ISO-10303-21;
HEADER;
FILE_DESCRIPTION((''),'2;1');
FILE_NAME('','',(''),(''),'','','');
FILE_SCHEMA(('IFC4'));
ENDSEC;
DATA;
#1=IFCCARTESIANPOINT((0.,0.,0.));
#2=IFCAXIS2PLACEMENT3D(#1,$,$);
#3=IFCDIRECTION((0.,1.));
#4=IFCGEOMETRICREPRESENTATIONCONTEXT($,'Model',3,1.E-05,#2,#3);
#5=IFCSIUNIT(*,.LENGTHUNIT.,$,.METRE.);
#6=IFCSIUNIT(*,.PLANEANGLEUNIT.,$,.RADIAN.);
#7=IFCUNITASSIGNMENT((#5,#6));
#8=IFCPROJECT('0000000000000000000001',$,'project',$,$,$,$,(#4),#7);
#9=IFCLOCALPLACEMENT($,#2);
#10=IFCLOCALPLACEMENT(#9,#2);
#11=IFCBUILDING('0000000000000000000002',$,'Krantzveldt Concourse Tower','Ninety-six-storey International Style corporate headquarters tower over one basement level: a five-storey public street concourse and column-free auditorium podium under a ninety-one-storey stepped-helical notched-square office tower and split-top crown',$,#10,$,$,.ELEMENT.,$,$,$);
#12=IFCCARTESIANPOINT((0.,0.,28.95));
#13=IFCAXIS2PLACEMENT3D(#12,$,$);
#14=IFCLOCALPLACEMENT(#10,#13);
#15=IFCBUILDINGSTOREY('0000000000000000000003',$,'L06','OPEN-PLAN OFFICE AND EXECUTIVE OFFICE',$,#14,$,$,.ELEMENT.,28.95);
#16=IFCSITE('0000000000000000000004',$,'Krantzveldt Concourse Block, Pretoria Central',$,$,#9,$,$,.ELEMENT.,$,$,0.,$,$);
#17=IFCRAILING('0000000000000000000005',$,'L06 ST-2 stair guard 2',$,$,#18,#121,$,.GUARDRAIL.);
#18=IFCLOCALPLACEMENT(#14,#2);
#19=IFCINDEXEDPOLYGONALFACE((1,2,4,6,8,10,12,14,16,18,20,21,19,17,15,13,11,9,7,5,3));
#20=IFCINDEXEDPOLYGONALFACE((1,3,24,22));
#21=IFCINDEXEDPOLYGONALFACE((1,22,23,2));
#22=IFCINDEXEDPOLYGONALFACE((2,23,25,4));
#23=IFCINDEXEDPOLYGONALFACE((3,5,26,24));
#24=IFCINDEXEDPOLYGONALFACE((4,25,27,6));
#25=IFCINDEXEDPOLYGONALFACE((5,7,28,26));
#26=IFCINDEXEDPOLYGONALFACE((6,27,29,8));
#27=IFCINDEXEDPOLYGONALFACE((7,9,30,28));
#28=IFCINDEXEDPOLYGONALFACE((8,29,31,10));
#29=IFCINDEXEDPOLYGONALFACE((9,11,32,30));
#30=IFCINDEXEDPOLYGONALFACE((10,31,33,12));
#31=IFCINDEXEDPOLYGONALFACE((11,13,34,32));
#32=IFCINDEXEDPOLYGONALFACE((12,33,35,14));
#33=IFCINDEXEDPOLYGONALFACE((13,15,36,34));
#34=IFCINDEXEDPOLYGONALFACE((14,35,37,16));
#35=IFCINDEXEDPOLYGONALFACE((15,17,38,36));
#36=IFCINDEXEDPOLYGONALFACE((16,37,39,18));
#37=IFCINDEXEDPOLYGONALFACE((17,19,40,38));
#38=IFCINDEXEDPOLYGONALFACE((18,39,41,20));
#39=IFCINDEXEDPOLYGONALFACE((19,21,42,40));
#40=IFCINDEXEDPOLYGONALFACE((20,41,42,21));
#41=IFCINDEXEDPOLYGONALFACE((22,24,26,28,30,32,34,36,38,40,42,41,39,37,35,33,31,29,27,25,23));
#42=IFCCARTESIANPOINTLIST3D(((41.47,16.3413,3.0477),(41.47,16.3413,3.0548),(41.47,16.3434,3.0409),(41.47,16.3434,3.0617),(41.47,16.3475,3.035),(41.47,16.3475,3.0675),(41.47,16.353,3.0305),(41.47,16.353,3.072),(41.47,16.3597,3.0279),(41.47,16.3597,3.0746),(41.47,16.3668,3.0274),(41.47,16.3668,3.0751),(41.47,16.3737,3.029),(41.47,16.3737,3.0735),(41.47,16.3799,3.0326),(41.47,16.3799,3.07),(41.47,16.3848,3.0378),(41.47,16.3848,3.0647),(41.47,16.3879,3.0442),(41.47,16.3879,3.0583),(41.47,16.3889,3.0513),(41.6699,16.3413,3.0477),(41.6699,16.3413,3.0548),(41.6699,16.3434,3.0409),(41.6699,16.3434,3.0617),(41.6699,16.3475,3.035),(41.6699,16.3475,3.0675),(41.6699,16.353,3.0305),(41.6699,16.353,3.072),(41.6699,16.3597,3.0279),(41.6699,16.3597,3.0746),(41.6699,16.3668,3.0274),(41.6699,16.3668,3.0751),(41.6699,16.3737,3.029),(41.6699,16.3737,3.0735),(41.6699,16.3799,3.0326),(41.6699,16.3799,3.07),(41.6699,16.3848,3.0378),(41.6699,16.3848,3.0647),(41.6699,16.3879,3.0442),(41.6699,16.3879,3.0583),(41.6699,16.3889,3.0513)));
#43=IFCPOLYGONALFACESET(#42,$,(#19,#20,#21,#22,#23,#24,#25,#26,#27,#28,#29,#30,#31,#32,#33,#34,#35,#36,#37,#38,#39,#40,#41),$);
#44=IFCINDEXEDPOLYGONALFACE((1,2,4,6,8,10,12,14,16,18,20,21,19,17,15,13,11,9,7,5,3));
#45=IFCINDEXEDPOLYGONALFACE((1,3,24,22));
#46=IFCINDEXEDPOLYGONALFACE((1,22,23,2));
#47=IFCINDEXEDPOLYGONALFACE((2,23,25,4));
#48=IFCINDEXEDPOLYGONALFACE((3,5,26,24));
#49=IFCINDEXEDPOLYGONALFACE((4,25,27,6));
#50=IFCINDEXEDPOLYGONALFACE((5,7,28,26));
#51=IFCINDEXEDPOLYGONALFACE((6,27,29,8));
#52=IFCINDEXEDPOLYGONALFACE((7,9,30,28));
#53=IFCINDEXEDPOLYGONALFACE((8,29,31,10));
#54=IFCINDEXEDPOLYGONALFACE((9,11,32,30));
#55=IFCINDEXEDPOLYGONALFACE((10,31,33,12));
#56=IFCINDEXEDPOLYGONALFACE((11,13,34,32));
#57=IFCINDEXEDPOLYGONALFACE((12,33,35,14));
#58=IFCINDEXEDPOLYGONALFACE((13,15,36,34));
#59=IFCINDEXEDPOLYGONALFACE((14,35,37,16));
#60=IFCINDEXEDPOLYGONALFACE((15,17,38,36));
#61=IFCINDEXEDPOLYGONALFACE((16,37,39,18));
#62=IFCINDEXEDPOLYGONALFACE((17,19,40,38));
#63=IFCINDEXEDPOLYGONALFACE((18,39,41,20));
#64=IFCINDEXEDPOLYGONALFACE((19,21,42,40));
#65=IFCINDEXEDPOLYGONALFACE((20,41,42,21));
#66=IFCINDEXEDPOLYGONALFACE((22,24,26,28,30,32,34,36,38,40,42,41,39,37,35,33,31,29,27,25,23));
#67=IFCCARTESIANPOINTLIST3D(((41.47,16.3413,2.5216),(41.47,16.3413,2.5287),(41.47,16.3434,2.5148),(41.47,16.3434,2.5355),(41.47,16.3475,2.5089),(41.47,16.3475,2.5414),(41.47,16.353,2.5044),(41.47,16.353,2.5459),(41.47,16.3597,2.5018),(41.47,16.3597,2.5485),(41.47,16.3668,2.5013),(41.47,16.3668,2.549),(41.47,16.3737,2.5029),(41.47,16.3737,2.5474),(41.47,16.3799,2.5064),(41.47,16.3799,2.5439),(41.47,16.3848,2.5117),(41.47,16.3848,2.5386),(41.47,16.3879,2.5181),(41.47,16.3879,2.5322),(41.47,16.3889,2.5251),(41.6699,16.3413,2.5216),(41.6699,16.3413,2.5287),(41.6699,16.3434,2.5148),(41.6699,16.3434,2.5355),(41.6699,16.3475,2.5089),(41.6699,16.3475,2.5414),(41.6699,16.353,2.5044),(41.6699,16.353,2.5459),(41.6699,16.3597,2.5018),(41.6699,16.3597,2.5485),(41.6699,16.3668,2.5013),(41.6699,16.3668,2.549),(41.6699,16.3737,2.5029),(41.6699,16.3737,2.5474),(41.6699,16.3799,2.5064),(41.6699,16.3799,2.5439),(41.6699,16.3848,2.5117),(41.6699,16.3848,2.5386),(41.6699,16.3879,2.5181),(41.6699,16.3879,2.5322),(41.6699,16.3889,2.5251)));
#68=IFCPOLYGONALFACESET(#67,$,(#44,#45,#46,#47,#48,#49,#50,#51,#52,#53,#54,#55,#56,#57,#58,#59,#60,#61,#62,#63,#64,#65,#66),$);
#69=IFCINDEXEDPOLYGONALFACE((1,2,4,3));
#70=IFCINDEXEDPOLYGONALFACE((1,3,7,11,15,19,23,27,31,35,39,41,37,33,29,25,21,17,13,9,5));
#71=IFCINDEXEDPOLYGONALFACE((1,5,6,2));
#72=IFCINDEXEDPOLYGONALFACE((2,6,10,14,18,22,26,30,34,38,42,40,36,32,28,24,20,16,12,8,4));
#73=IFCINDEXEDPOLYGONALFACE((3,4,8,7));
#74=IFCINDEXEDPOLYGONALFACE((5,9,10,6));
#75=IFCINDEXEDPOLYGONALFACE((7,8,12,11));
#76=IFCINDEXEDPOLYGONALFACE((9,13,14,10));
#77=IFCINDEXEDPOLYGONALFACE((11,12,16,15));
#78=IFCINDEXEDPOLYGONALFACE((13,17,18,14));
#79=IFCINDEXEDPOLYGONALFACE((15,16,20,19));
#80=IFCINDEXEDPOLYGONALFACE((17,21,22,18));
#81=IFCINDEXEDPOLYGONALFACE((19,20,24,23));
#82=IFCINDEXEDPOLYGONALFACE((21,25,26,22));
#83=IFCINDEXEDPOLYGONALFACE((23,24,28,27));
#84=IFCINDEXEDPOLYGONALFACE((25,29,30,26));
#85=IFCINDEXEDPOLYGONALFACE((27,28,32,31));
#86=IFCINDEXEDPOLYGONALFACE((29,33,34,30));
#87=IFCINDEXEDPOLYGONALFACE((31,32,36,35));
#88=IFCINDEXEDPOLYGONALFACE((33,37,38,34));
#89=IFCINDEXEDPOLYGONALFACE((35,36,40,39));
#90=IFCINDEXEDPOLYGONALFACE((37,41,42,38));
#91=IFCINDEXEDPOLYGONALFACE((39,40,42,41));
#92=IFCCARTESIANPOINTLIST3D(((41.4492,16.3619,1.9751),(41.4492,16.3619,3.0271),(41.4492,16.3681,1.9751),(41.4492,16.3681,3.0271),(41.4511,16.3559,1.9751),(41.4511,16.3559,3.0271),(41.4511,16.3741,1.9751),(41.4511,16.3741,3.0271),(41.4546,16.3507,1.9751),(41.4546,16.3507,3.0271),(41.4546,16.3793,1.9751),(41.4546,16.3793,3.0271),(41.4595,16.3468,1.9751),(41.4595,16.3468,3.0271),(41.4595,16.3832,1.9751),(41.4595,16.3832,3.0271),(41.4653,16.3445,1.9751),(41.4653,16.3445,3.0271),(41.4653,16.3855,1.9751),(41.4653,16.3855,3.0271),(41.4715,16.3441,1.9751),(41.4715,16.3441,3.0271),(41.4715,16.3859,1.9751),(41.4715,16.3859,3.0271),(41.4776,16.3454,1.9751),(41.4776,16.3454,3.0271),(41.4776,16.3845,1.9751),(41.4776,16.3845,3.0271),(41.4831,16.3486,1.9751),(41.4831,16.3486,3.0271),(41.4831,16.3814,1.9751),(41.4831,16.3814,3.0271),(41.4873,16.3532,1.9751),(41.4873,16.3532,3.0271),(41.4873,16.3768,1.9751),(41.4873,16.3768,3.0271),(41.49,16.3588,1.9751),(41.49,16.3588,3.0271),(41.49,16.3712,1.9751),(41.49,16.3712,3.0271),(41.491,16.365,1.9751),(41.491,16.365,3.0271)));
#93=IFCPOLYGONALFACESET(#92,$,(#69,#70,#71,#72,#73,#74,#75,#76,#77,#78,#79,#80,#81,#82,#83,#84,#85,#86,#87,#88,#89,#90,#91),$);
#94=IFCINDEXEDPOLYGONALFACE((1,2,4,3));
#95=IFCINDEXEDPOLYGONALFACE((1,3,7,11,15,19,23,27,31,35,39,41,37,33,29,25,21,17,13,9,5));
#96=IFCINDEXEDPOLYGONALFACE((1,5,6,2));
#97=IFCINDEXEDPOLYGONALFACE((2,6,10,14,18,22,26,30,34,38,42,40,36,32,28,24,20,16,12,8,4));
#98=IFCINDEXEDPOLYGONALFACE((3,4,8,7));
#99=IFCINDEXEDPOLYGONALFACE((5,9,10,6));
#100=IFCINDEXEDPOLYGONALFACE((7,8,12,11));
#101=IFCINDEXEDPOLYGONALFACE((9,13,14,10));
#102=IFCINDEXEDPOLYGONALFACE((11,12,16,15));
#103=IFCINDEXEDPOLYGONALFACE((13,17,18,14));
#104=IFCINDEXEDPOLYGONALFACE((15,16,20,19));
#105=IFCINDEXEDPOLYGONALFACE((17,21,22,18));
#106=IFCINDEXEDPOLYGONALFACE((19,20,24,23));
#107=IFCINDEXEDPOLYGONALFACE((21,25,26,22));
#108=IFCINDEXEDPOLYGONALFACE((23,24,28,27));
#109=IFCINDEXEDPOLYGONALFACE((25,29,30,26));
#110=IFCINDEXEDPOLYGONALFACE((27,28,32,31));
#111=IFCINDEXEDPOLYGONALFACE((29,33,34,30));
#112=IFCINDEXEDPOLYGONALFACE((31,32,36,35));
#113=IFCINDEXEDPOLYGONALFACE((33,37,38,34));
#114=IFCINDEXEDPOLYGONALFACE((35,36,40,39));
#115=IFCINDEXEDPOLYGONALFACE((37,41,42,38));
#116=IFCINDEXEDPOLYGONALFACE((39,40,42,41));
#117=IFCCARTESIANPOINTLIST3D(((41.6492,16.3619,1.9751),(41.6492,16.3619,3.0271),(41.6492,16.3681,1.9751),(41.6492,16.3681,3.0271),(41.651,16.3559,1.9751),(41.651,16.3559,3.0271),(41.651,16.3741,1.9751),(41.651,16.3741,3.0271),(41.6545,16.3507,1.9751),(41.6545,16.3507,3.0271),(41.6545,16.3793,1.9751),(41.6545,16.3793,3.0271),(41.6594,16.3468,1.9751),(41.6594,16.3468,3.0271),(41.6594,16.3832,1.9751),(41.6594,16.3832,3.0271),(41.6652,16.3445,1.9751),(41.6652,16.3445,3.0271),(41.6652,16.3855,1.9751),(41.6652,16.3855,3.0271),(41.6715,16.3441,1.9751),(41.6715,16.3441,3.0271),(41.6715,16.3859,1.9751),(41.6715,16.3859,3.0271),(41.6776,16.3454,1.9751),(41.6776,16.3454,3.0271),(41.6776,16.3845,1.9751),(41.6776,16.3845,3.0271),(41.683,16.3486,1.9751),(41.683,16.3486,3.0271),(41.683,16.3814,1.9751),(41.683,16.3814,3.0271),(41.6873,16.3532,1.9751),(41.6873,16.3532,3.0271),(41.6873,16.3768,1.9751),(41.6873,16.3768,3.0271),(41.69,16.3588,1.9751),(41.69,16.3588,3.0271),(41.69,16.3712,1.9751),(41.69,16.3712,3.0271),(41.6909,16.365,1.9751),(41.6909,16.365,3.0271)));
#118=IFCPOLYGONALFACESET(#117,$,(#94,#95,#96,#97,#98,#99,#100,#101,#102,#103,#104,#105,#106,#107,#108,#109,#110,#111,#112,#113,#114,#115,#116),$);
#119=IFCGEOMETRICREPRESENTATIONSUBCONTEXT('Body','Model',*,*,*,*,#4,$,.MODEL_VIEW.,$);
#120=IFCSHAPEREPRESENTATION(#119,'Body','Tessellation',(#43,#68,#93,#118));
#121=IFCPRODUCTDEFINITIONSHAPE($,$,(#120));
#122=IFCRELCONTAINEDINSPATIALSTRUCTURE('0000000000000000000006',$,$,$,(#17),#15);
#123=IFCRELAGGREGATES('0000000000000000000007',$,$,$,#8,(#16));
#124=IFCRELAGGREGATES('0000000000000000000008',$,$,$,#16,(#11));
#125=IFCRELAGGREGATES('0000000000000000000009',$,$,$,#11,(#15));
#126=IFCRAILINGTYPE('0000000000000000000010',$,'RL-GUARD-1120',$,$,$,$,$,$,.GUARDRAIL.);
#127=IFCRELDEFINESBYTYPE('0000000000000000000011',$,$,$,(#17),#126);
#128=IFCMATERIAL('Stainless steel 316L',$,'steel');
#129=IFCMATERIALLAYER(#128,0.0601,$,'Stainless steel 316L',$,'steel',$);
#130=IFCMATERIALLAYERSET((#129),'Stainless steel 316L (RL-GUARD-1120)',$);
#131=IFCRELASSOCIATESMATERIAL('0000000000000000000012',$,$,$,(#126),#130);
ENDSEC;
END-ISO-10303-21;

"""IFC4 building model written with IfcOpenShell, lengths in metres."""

from ifc_helpers import new_model, si_unit, direction, frame, origin, origin_2d, place, context, subcontext, project, spatial, circle, extrude, material, layer, layer_set, type_object, element, save


model = new_model("IFC4")

# Units and contexts
model_context = context("Model", 3, precision=1e-05, world=origin(), true_north=direction((0.0, 1.0)))
body_context = subcontext(model_context, "Body", "Model", "MODEL_VIEW")
ifc_project = project(units=[si_unit("LENGTHUNIT", "METRE"), si_unit("PLANEANGLEUNIT", "RADIAN")], contexts=[model_context])

# Site, building, storey
site_placement = place(None, origin())
site = spatial("IfcSite", under=ifc_project, at=site_placement, Name="Krantzveldt Concourse Block, Pretoria Central", CompositionType="ELEMENT", RefElevation=0.0)
building_placement = place(site_placement, origin())
building = spatial("IfcBuilding", under=site, at=building_placement, Name="Krantzveldt Concourse Tower", Description="Ninety-six-storey International Style corporate headquarters tower over one basement level: a five-storey public street concourse and column-free auditorium podium under a ninety-one-storey stepped-helical notched-square office tower and split-top crown", CompositionType="ELEMENT")
storey_placement = place(building_placement, frame((0.0, 0.0, 28.95)))
storey = spatial("IfcBuildingStorey", under=building, at=storey_placement, Name="L06", Description="OPEN-PLAN OFFICE AND EXECUTIVE OFFICE", CompositionType="ELEMENT", Elevation=28.95)

# Shared definitions
ifc_material_1 = material(Name="Stainless steel 316L", Category="steel")

# Railing
ifc_layer_1 = layer(ifc_material_1, 0.0601, Name="Stainless steel 316L", Category="steel")
ifc_layer_set_1 = layer_set([ifc_layer_1], Name="Stainless steel 316L (RL-GUARD-1120)")
railing_type_1 = type_object("IfcRailingType", Name="RL-GUARD-1120", PredefinedType="GUARDRAIL", material=ifc_layer_set_1)
railing_1_placement = place(storey_placement, frame((41.47, 16.365, 1.9751)))
element("IfcRailing", 1, at=railing_1_placement, inside=storey, type_object=railing_type_1, Name="L06 ST-2 stair guard 2", PredefinedType="GUARDRAIL", context=body_context, shape_type="SweptSolid", body=[
    extrude(circle(Radius=0.0239, at=origin_2d()), frame((0.0, 0.0, 1.0762), z_axis=(1.0, 0.0, 0.0), x_axis=(0.0, 1.0, 0.0)), (0.0, 0.0, 1.0), 0.2),
    extrude(circle(Radius=0.0239, at=origin_2d()), frame((0.0, 0.0, 0.55), z_axis=(1.0, 0.0, 0.0), x_axis=(0.0, 1.0, 0.0)), (0.0, 0.0, 1.0), 0.2),
    extrude(circle(Radius=0.021, at=origin_2d()), origin(), (0.0, 0.0, 1.0), 1.052),
    extrude(circle(Radius=0.021, at=origin_2d()), frame((0.2, 0.0, 0.0)), (0.0, 0.0, 1.0), 1.052),
])

save(model, "model.ifc")
